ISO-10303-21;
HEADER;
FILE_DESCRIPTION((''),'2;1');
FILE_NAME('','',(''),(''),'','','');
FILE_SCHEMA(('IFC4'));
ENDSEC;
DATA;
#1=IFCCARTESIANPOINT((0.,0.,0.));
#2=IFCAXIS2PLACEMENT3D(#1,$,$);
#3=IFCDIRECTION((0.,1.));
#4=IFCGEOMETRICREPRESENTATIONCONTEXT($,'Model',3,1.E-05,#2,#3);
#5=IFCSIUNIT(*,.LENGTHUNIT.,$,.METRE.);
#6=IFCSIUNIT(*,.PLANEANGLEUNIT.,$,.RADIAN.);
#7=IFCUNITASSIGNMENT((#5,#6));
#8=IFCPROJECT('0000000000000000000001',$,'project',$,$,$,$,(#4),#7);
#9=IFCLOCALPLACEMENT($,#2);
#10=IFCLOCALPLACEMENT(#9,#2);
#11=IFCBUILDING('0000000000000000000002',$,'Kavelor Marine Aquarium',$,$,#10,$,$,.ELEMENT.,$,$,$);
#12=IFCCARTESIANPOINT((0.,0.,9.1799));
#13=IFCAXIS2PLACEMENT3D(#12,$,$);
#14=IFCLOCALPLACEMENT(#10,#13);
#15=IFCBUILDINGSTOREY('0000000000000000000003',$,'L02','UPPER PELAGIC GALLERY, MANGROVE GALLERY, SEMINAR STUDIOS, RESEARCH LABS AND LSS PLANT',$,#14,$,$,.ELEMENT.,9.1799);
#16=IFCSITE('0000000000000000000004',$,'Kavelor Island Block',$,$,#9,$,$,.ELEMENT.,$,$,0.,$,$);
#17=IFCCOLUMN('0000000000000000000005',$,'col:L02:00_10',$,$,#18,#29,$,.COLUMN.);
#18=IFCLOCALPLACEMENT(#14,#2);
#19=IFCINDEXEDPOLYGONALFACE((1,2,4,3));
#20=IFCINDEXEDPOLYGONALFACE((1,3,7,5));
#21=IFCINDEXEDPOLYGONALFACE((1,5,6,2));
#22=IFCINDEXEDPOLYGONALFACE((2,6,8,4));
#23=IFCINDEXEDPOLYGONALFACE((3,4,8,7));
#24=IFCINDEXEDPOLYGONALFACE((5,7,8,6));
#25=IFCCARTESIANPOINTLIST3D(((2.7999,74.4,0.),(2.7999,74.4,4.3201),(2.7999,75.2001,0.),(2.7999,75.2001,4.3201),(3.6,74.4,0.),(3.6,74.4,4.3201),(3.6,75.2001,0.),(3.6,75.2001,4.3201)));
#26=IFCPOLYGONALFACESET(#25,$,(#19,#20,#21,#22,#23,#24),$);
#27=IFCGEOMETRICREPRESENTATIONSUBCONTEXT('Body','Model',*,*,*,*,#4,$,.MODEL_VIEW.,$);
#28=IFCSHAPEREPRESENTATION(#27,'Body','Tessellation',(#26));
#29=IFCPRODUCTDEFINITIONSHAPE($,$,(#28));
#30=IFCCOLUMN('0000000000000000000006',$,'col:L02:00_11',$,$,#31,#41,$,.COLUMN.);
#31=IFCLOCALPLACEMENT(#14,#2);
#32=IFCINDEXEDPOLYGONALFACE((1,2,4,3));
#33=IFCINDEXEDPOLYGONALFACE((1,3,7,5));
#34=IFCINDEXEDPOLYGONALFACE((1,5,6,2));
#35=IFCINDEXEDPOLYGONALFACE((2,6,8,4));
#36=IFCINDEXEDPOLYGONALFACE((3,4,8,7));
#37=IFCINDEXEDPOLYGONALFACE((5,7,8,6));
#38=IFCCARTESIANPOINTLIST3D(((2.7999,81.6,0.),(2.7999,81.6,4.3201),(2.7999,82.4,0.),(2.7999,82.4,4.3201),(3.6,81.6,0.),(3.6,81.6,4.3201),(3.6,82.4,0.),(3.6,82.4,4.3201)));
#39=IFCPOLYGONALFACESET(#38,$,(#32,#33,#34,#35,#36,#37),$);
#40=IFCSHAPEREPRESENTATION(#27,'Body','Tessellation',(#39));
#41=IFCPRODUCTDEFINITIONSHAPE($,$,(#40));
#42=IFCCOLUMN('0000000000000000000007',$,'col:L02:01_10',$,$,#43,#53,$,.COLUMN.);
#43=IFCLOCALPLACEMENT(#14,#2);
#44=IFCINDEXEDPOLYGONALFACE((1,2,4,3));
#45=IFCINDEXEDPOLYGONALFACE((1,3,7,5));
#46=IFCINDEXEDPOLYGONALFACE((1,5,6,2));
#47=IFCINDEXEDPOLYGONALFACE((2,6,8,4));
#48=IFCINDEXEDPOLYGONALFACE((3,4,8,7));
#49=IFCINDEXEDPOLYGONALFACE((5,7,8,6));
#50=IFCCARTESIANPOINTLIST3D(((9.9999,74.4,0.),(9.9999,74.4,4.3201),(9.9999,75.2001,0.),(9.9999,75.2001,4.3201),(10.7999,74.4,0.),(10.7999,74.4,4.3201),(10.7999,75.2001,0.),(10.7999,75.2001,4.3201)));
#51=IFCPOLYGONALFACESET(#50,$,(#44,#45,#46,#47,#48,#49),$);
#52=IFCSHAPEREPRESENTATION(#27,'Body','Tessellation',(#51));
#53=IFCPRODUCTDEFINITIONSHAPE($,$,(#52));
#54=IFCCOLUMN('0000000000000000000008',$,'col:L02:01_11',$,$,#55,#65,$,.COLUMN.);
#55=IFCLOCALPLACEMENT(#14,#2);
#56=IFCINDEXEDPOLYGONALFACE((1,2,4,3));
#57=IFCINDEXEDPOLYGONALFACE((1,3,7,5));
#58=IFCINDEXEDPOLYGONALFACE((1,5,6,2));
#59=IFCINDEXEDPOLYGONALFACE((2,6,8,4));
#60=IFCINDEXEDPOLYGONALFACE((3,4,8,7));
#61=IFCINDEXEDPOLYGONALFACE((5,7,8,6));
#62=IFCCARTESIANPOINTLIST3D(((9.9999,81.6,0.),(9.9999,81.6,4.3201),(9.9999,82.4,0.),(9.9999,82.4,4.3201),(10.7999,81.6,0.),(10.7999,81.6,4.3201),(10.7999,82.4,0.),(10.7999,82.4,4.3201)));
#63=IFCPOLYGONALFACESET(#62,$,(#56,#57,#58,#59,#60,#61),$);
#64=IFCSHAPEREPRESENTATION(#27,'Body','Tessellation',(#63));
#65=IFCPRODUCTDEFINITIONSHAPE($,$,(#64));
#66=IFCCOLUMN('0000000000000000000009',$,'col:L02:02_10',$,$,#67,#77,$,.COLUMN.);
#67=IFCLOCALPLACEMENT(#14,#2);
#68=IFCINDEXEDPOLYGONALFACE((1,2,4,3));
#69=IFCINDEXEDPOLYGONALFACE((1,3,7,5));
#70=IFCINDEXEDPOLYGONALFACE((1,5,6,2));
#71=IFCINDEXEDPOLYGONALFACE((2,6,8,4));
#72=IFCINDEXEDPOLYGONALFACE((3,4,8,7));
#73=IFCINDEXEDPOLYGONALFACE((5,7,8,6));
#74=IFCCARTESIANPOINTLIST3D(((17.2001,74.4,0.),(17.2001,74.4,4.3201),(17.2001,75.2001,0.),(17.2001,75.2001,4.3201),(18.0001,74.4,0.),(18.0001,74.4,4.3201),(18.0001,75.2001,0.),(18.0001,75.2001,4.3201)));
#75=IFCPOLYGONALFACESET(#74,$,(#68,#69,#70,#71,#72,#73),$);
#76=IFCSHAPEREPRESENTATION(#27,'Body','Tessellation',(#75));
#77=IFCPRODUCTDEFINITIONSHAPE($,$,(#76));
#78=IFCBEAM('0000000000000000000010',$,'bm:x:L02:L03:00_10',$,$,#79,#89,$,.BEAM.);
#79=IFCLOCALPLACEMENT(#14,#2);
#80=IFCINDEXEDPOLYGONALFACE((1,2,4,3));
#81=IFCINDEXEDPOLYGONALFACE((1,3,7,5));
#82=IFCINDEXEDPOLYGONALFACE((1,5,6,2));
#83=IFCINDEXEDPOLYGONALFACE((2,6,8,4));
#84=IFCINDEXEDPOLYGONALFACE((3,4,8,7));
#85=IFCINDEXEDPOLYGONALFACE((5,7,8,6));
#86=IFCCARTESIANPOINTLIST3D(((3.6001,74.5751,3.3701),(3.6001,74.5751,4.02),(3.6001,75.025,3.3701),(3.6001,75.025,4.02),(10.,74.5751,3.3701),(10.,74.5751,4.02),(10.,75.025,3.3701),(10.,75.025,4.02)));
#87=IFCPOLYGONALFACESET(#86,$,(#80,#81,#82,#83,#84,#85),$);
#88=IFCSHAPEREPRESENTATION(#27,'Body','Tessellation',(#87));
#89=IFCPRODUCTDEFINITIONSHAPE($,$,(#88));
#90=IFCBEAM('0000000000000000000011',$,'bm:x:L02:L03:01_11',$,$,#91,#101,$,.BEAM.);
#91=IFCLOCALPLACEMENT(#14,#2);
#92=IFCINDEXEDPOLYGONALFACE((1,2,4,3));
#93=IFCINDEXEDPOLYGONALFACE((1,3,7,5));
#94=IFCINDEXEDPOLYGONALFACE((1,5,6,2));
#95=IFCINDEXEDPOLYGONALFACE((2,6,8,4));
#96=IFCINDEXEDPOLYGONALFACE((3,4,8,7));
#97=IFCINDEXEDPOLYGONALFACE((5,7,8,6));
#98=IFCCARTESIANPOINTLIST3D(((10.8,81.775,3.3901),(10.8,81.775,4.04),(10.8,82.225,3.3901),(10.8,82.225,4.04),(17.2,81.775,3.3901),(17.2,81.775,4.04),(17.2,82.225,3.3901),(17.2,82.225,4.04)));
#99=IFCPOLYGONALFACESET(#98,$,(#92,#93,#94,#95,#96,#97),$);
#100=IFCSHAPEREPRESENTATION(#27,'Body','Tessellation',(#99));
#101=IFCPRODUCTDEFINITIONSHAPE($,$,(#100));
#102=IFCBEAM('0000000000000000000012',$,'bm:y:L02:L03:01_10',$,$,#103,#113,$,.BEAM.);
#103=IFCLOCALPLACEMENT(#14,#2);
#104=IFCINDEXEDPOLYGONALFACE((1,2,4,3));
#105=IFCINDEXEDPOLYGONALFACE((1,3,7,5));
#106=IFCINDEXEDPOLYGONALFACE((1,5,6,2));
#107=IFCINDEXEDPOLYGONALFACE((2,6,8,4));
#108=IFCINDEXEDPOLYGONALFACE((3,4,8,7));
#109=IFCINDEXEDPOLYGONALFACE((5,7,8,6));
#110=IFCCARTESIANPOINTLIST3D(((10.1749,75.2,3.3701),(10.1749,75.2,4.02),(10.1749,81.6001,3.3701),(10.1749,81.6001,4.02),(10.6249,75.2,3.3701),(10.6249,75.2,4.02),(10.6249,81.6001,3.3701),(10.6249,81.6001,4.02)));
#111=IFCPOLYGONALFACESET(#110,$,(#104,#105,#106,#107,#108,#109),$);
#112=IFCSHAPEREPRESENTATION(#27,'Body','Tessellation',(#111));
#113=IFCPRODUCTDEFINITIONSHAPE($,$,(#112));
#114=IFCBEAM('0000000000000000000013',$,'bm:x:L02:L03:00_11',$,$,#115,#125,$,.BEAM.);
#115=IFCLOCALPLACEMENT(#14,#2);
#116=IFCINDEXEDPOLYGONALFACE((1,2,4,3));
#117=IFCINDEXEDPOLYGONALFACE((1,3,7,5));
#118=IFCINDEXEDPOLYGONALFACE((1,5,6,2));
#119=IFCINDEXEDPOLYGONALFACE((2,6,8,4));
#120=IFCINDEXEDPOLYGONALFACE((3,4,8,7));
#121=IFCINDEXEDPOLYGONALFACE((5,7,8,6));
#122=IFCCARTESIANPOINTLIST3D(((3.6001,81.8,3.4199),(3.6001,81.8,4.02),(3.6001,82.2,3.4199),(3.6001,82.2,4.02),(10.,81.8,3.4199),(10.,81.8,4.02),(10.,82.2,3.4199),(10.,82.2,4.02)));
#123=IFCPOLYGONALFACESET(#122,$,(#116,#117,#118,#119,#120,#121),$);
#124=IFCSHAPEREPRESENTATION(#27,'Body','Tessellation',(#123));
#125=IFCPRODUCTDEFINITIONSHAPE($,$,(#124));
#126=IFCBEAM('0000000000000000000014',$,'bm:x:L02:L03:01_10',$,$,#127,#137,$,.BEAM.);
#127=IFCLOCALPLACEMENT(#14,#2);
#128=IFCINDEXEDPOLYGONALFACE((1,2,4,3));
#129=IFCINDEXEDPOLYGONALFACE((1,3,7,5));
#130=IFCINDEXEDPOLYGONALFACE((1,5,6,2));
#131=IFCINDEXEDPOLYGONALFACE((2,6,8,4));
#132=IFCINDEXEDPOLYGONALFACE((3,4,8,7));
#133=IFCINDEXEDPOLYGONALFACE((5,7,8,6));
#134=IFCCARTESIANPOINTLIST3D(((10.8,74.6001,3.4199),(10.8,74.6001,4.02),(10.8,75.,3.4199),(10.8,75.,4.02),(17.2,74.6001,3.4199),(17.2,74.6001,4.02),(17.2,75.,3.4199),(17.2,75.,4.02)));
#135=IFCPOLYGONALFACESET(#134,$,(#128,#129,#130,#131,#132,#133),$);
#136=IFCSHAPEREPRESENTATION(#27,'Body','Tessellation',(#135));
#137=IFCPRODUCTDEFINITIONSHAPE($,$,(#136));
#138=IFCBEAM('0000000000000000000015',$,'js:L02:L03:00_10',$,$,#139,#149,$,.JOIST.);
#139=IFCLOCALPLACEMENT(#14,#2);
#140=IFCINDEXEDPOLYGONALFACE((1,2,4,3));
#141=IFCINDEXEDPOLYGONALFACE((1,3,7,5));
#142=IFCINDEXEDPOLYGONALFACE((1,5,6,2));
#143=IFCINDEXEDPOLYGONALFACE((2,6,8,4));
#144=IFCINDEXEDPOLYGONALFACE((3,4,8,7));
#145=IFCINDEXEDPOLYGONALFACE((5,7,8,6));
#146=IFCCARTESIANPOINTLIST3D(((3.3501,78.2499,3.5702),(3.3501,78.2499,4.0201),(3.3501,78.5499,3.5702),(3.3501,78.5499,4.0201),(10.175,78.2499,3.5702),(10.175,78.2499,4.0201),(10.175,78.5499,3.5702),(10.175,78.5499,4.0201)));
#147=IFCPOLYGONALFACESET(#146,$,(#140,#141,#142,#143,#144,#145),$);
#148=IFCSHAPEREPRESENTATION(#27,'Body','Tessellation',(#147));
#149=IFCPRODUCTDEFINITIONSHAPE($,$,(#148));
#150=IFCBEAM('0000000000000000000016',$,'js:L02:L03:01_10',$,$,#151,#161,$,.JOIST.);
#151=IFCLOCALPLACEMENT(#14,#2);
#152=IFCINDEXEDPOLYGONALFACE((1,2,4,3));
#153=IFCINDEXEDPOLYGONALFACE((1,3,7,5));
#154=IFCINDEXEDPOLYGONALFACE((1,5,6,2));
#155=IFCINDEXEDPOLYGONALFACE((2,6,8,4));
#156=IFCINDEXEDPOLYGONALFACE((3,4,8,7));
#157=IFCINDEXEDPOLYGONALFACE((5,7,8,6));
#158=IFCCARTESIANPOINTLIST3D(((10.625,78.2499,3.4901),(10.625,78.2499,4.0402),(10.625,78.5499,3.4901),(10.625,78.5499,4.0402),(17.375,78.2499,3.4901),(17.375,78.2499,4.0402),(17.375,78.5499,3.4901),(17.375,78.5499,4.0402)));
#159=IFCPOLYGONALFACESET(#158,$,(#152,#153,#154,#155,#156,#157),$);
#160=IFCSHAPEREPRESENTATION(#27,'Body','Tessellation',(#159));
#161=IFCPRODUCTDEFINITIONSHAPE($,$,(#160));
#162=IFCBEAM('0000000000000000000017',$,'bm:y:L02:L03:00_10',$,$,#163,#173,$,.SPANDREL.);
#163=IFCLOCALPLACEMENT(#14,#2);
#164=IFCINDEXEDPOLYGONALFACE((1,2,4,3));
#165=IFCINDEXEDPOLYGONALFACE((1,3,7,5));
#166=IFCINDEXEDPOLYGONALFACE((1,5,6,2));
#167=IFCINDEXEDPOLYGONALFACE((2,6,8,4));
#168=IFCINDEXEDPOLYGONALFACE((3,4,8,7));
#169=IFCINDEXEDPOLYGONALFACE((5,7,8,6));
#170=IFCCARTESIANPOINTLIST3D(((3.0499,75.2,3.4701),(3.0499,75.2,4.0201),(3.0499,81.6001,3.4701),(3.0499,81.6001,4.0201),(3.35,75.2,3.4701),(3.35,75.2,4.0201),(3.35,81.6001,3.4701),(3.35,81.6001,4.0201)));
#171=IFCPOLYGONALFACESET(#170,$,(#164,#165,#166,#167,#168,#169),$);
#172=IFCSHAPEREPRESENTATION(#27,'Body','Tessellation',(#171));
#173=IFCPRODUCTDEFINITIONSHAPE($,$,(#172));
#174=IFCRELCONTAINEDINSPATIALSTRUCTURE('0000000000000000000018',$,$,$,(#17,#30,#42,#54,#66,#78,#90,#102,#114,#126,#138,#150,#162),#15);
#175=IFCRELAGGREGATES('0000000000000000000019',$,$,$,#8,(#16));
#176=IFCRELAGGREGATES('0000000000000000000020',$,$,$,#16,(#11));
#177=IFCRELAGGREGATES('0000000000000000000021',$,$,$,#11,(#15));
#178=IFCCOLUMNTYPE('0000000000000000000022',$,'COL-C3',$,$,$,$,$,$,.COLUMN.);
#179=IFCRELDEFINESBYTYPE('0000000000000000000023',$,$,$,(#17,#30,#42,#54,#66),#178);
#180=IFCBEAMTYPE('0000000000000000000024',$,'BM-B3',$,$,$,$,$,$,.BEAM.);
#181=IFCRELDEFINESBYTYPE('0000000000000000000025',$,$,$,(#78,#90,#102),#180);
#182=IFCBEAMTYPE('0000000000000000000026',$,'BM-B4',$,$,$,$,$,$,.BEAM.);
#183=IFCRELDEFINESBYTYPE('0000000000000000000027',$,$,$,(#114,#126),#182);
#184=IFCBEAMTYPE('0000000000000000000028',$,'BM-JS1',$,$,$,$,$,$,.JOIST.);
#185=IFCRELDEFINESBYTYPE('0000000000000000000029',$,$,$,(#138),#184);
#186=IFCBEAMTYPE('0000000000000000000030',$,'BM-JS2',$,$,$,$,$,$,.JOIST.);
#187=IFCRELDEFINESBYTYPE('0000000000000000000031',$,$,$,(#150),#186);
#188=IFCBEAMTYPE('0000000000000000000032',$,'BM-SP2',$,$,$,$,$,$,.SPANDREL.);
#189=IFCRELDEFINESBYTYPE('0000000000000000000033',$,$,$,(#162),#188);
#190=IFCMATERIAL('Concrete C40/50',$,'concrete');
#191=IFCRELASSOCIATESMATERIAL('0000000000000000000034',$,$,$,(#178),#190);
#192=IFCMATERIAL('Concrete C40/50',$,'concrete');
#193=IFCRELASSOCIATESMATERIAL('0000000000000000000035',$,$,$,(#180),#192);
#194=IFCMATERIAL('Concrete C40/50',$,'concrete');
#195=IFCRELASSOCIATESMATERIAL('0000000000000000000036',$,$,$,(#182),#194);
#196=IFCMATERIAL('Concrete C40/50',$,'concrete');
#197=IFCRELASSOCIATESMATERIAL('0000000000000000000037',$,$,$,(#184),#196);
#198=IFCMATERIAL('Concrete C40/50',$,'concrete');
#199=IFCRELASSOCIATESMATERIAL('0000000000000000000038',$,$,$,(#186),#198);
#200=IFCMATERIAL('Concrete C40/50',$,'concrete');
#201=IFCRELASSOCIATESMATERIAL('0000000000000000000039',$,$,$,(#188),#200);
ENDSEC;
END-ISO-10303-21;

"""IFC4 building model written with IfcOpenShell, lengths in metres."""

from ifc_helpers import new_model, si_unit, direction, frame, origin, origin_2d, place, context, subcontext, project, spatial, rectangle, extrude, material, material_profile, profile_set, type_object, element, save


model = new_model("IFC4")

# Units and contexts
model_context = context("Model", 3, precision=1e-05, world=origin(), true_north=direction((0.0, 1.0)))
body_context = subcontext(model_context, "Body", "Model", "MODEL_VIEW")
ifc_project = project(units=[si_unit("LENGTHUNIT", "METRE"), si_unit("PLANEANGLEUNIT", "RADIAN")], contexts=[model_context])

# Site, building, storey
site_placement = place(None, origin())
site = spatial("IfcSite", under=ifc_project, at=site_placement, Name="Kavelor Island Block", CompositionType="ELEMENT", RefElevation=0.0)
building_placement = place(site_placement, origin())
building = spatial("IfcBuilding", under=site, at=building_placement, Name="Kavelor Marine Aquarium", CompositionType="ELEMENT")
storey_placement = place(building_placement, frame((0.0, 0.0, 9.1799)))
storey = spatial("IfcBuildingStorey", under=building, at=storey_placement, Name="L02", Description="UPPER PELAGIC GALLERY, MANGROVE GALLERY, SEMINAR STUDIOS, RESEARCH LABS AND LSS PLANT", CompositionType="ELEMENT", Elevation=9.1799)

# Columns
ifc_material_1 = material(Name="Concrete C40/50", Category="concrete")
ifc_material_profile_1 = material_profile(ifc_material_1, rectangle(XDim=0.8, YDim=0.8, at=origin_2d()), Name="RC-COL 800x800")
ifc_profile_set_1 = profile_set([ifc_material_profile_1], Name="Concrete C40/50")
column_type = type_object("IfcColumnType", Name="COL-C3", PredefinedType="COLUMN", material=ifc_profile_set_1)
for number, where, z_axis, x_axis, name in (
    (1, (3.2, 74.8, 0.0), (0.0, 0.0, 1.0), (1.0, 0.0, 0.0), "col:L02:00_10"),
    (2, (3.2, 82.0, 0.0), (0.0, 0.0, 1.0), (1.0, 0.0, 0.0), "col:L02:00_11"),
    (3, (10.3999, 74.8, 0.0), (0.0, 0.0, 1.0), (1.0, 0.0, 0.0), "col:L02:01_10"),
    (4, (10.3999, 82.0, 0.0), (0.0, 0.0, 1.0), (1.0, 0.0, 0.0), "col:L02:01_11"),
    (5, (17.6001, 74.8, 0.0), (0.0, 0.0, 1.0), (1.0, 0.0, 0.0), "col:L02:02_10"),
):
    element("IfcColumn", number, at=place(storey_placement, frame(where, z_axis=z_axis, x_axis=x_axis)), inside=storey, type_object=column_type, Name=name, PredefinedType="COLUMN", context=body_context, shape_type="SweptSolid", body=[
        extrude(rectangle(XDim=0.8, YDim=0.8, at=origin_2d()), origin(), (0.0, 0.0, 1.0), 4.3201),
    ])

# Beams
ifc_material_2 = material(Name="Concrete C40/50", Category="concrete")
ifc_material_profile_2 = material_profile(ifc_material_2, rectangle(XDim=0.45, YDim=0.6499, at=origin_2d()), Name="RC-BM 450x650")
ifc_profile_set_2 = profile_set([ifc_material_profile_2], Name="Concrete C40/50")
beam_type_1 = type_object("IfcBeamType", Name="BM-B3", PredefinedType="BEAM", material=ifc_profile_set_2)
for number, where, z_axis, x_axis, name in (
    (6, (3.6001, 74.8, 3.6951), (1.0, 0.0, 0.0), (0.0, 1.0, 0.0), "bm:x:L02:L03:00_10"),
    (7, (10.8, 82.0, 3.7151), (1.0, 0.0, 0.0), (0.0, 1.0, 0.0), "bm:x:L02:L03:01_11"),
):
    element("IfcBeam", number, at=place(storey_placement, frame(where, z_axis=z_axis, x_axis=x_axis)), inside=storey, type_object=beam_type_1, Name=name, PredefinedType="BEAM", context=body_context, shape_type="SweptSolid", body=[
        extrude(rectangle(XDim=0.45, YDim=0.6499, at=origin_2d()), origin(), (0.0, 0.0, 1.0), 6.3999),
    ])
beam_1_placement = place(storey_placement, frame((10.3999, 75.2, 3.6951), z_axis=(0.0, 1.0, 0.0), x_axis=(-1.0, 0.0, 0.0)))
element("IfcBeam", 8, at=beam_1_placement, inside=storey, type_object=beam_type_1, Name="bm:y:L02:L03:01_10", PredefinedType="BEAM", context=body_context, shape_type="SweptSolid", body=[
    extrude(rectangle(XDim=0.45, YDim=0.6499, at=origin_2d()), origin(), (0.0, 0.0, 1.0), 6.4001),
])
ifc_material_3 = material(Name="Concrete C40/50", Category="concrete")
ifc_material_profile_3 = material_profile(ifc_material_3, rectangle(XDim=0.3999, YDim=0.6001, at=origin_2d()), Name="RC-BM 400x600")
ifc_profile_set_3 = profile_set([ifc_material_profile_3], Name="Concrete C40/50")
beam_type_2 = type_object("IfcBeamType", Name="BM-B4", PredefinedType="BEAM", material=ifc_profile_set_3)
for number, where, z_axis, x_axis, name in (
    (9, (3.6001, 82.0, 3.72), (1.0, 0.0, 0.0), (0.0, 1.0, 0.0), "bm:x:L02:L03:00_11"),
    (10, (10.8, 74.8, 3.72), (1.0, 0.0, 0.0), (0.0, 1.0, 0.0), "bm:x:L02:L03:01_10"),
):
    element("IfcBeam", number, at=place(storey_placement, frame(where, z_axis=z_axis, x_axis=x_axis)), inside=storey, type_object=beam_type_2, Name=name, PredefinedType="BEAM", context=body_context, shape_type="SweptSolid", body=[
        extrude(rectangle(XDim=0.3999, YDim=0.6001, at=origin_2d()), origin(), (0.0, 0.0, 1.0), 6.3999),
    ])
ifc_material_4 = material(Name="Concrete C40/50", Category="concrete")
ifc_material_profile_4 = material_profile(ifc_material_4, rectangle(XDim=0.3, YDim=0.45, at=origin_2d()), Name="RC-JS 300x450")
ifc_profile_set_4 = profile_set([ifc_material_profile_4], Name="Concrete C40/50")
beam_type_3 = type_object("IfcBeamType", Name="BM-JS1", PredefinedType="JOIST", material=ifc_profile_set_4)
beam_2_placement = place(storey_placement, frame((3.3501, 78.3999, 3.7952), z_axis=(1.0, 0.0, 0.0), x_axis=(0.0, 1.0, 0.0)))
element("IfcBeam", 11, at=beam_2_placement, inside=storey, type_object=beam_type_3, Name="js:L02:L03:00_10", PredefinedType="JOIST", context=body_context, shape_type="SweptSolid", body=[
    extrude(rectangle(XDim=0.3, YDim=0.45, at=origin_2d()), origin(), (0.0, 0.0, 1.0), 6.825),
])
ifc_material_5 = material(Name="Concrete C40/50", Category="concrete")
ifc_material_profile_5 = material_profile(ifc_material_5, rectangle(XDim=0.3, YDim=0.55, at=origin_2d()), Name="RC-JS 300x550")
ifc_profile_set_5 = profile_set([ifc_material_profile_5], Name="Concrete C40/50")
beam_type_4 = type_object("IfcBeamType", Name="BM-JS2", PredefinedType="JOIST", material=ifc_profile_set_5)
beam_3_placement = place(storey_placement, frame((10.625, 78.3999, 3.7651), z_axis=(1.0, 0.0, 0.0), x_axis=(0.0, 1.0, 0.0)))
element("IfcBeam", 12, at=beam_3_placement, inside=storey, type_object=beam_type_4, Name="js:L02:L03:01_10", PredefinedType="JOIST", context=body_context, shape_type="SweptSolid", body=[
    extrude(rectangle(XDim=0.3, YDim=0.55, at=origin_2d()), origin(), (0.0, 0.0, 1.0), 6.75),
])
ifc_material_6 = material(Name="Concrete C40/50", Category="concrete")
ifc_material_profile_6 = material_profile(ifc_material_6, rectangle(XDim=0.3, YDim=0.55, at=origin_2d()), Name="RC-SP 300x550")
ifc_profile_set_6 = profile_set([ifc_material_profile_6], Name="Concrete C40/50")
beam_type_5 = type_object("IfcBeamType", Name="BM-SP2", PredefinedType="SPANDREL", material=ifc_profile_set_6)
beam_4_placement = place(storey_placement, frame((3.2, 75.2, 3.7451), z_axis=(0.0, 1.0, 0.0), x_axis=(-1.0, 0.0, 0.0)))
element("IfcBeam", 13, at=beam_4_placement, inside=storey, type_object=beam_type_5, Name="bm:y:L02:L03:00_10", PredefinedType="SPANDREL", context=body_context, shape_type="SweptSolid", body=[
    extrude(rectangle(XDim=0.3, YDim=0.55, at=origin_2d()), origin(), (0.0, 0.0, 1.0), 6.4001),
])

save(model, "model.ifc")
